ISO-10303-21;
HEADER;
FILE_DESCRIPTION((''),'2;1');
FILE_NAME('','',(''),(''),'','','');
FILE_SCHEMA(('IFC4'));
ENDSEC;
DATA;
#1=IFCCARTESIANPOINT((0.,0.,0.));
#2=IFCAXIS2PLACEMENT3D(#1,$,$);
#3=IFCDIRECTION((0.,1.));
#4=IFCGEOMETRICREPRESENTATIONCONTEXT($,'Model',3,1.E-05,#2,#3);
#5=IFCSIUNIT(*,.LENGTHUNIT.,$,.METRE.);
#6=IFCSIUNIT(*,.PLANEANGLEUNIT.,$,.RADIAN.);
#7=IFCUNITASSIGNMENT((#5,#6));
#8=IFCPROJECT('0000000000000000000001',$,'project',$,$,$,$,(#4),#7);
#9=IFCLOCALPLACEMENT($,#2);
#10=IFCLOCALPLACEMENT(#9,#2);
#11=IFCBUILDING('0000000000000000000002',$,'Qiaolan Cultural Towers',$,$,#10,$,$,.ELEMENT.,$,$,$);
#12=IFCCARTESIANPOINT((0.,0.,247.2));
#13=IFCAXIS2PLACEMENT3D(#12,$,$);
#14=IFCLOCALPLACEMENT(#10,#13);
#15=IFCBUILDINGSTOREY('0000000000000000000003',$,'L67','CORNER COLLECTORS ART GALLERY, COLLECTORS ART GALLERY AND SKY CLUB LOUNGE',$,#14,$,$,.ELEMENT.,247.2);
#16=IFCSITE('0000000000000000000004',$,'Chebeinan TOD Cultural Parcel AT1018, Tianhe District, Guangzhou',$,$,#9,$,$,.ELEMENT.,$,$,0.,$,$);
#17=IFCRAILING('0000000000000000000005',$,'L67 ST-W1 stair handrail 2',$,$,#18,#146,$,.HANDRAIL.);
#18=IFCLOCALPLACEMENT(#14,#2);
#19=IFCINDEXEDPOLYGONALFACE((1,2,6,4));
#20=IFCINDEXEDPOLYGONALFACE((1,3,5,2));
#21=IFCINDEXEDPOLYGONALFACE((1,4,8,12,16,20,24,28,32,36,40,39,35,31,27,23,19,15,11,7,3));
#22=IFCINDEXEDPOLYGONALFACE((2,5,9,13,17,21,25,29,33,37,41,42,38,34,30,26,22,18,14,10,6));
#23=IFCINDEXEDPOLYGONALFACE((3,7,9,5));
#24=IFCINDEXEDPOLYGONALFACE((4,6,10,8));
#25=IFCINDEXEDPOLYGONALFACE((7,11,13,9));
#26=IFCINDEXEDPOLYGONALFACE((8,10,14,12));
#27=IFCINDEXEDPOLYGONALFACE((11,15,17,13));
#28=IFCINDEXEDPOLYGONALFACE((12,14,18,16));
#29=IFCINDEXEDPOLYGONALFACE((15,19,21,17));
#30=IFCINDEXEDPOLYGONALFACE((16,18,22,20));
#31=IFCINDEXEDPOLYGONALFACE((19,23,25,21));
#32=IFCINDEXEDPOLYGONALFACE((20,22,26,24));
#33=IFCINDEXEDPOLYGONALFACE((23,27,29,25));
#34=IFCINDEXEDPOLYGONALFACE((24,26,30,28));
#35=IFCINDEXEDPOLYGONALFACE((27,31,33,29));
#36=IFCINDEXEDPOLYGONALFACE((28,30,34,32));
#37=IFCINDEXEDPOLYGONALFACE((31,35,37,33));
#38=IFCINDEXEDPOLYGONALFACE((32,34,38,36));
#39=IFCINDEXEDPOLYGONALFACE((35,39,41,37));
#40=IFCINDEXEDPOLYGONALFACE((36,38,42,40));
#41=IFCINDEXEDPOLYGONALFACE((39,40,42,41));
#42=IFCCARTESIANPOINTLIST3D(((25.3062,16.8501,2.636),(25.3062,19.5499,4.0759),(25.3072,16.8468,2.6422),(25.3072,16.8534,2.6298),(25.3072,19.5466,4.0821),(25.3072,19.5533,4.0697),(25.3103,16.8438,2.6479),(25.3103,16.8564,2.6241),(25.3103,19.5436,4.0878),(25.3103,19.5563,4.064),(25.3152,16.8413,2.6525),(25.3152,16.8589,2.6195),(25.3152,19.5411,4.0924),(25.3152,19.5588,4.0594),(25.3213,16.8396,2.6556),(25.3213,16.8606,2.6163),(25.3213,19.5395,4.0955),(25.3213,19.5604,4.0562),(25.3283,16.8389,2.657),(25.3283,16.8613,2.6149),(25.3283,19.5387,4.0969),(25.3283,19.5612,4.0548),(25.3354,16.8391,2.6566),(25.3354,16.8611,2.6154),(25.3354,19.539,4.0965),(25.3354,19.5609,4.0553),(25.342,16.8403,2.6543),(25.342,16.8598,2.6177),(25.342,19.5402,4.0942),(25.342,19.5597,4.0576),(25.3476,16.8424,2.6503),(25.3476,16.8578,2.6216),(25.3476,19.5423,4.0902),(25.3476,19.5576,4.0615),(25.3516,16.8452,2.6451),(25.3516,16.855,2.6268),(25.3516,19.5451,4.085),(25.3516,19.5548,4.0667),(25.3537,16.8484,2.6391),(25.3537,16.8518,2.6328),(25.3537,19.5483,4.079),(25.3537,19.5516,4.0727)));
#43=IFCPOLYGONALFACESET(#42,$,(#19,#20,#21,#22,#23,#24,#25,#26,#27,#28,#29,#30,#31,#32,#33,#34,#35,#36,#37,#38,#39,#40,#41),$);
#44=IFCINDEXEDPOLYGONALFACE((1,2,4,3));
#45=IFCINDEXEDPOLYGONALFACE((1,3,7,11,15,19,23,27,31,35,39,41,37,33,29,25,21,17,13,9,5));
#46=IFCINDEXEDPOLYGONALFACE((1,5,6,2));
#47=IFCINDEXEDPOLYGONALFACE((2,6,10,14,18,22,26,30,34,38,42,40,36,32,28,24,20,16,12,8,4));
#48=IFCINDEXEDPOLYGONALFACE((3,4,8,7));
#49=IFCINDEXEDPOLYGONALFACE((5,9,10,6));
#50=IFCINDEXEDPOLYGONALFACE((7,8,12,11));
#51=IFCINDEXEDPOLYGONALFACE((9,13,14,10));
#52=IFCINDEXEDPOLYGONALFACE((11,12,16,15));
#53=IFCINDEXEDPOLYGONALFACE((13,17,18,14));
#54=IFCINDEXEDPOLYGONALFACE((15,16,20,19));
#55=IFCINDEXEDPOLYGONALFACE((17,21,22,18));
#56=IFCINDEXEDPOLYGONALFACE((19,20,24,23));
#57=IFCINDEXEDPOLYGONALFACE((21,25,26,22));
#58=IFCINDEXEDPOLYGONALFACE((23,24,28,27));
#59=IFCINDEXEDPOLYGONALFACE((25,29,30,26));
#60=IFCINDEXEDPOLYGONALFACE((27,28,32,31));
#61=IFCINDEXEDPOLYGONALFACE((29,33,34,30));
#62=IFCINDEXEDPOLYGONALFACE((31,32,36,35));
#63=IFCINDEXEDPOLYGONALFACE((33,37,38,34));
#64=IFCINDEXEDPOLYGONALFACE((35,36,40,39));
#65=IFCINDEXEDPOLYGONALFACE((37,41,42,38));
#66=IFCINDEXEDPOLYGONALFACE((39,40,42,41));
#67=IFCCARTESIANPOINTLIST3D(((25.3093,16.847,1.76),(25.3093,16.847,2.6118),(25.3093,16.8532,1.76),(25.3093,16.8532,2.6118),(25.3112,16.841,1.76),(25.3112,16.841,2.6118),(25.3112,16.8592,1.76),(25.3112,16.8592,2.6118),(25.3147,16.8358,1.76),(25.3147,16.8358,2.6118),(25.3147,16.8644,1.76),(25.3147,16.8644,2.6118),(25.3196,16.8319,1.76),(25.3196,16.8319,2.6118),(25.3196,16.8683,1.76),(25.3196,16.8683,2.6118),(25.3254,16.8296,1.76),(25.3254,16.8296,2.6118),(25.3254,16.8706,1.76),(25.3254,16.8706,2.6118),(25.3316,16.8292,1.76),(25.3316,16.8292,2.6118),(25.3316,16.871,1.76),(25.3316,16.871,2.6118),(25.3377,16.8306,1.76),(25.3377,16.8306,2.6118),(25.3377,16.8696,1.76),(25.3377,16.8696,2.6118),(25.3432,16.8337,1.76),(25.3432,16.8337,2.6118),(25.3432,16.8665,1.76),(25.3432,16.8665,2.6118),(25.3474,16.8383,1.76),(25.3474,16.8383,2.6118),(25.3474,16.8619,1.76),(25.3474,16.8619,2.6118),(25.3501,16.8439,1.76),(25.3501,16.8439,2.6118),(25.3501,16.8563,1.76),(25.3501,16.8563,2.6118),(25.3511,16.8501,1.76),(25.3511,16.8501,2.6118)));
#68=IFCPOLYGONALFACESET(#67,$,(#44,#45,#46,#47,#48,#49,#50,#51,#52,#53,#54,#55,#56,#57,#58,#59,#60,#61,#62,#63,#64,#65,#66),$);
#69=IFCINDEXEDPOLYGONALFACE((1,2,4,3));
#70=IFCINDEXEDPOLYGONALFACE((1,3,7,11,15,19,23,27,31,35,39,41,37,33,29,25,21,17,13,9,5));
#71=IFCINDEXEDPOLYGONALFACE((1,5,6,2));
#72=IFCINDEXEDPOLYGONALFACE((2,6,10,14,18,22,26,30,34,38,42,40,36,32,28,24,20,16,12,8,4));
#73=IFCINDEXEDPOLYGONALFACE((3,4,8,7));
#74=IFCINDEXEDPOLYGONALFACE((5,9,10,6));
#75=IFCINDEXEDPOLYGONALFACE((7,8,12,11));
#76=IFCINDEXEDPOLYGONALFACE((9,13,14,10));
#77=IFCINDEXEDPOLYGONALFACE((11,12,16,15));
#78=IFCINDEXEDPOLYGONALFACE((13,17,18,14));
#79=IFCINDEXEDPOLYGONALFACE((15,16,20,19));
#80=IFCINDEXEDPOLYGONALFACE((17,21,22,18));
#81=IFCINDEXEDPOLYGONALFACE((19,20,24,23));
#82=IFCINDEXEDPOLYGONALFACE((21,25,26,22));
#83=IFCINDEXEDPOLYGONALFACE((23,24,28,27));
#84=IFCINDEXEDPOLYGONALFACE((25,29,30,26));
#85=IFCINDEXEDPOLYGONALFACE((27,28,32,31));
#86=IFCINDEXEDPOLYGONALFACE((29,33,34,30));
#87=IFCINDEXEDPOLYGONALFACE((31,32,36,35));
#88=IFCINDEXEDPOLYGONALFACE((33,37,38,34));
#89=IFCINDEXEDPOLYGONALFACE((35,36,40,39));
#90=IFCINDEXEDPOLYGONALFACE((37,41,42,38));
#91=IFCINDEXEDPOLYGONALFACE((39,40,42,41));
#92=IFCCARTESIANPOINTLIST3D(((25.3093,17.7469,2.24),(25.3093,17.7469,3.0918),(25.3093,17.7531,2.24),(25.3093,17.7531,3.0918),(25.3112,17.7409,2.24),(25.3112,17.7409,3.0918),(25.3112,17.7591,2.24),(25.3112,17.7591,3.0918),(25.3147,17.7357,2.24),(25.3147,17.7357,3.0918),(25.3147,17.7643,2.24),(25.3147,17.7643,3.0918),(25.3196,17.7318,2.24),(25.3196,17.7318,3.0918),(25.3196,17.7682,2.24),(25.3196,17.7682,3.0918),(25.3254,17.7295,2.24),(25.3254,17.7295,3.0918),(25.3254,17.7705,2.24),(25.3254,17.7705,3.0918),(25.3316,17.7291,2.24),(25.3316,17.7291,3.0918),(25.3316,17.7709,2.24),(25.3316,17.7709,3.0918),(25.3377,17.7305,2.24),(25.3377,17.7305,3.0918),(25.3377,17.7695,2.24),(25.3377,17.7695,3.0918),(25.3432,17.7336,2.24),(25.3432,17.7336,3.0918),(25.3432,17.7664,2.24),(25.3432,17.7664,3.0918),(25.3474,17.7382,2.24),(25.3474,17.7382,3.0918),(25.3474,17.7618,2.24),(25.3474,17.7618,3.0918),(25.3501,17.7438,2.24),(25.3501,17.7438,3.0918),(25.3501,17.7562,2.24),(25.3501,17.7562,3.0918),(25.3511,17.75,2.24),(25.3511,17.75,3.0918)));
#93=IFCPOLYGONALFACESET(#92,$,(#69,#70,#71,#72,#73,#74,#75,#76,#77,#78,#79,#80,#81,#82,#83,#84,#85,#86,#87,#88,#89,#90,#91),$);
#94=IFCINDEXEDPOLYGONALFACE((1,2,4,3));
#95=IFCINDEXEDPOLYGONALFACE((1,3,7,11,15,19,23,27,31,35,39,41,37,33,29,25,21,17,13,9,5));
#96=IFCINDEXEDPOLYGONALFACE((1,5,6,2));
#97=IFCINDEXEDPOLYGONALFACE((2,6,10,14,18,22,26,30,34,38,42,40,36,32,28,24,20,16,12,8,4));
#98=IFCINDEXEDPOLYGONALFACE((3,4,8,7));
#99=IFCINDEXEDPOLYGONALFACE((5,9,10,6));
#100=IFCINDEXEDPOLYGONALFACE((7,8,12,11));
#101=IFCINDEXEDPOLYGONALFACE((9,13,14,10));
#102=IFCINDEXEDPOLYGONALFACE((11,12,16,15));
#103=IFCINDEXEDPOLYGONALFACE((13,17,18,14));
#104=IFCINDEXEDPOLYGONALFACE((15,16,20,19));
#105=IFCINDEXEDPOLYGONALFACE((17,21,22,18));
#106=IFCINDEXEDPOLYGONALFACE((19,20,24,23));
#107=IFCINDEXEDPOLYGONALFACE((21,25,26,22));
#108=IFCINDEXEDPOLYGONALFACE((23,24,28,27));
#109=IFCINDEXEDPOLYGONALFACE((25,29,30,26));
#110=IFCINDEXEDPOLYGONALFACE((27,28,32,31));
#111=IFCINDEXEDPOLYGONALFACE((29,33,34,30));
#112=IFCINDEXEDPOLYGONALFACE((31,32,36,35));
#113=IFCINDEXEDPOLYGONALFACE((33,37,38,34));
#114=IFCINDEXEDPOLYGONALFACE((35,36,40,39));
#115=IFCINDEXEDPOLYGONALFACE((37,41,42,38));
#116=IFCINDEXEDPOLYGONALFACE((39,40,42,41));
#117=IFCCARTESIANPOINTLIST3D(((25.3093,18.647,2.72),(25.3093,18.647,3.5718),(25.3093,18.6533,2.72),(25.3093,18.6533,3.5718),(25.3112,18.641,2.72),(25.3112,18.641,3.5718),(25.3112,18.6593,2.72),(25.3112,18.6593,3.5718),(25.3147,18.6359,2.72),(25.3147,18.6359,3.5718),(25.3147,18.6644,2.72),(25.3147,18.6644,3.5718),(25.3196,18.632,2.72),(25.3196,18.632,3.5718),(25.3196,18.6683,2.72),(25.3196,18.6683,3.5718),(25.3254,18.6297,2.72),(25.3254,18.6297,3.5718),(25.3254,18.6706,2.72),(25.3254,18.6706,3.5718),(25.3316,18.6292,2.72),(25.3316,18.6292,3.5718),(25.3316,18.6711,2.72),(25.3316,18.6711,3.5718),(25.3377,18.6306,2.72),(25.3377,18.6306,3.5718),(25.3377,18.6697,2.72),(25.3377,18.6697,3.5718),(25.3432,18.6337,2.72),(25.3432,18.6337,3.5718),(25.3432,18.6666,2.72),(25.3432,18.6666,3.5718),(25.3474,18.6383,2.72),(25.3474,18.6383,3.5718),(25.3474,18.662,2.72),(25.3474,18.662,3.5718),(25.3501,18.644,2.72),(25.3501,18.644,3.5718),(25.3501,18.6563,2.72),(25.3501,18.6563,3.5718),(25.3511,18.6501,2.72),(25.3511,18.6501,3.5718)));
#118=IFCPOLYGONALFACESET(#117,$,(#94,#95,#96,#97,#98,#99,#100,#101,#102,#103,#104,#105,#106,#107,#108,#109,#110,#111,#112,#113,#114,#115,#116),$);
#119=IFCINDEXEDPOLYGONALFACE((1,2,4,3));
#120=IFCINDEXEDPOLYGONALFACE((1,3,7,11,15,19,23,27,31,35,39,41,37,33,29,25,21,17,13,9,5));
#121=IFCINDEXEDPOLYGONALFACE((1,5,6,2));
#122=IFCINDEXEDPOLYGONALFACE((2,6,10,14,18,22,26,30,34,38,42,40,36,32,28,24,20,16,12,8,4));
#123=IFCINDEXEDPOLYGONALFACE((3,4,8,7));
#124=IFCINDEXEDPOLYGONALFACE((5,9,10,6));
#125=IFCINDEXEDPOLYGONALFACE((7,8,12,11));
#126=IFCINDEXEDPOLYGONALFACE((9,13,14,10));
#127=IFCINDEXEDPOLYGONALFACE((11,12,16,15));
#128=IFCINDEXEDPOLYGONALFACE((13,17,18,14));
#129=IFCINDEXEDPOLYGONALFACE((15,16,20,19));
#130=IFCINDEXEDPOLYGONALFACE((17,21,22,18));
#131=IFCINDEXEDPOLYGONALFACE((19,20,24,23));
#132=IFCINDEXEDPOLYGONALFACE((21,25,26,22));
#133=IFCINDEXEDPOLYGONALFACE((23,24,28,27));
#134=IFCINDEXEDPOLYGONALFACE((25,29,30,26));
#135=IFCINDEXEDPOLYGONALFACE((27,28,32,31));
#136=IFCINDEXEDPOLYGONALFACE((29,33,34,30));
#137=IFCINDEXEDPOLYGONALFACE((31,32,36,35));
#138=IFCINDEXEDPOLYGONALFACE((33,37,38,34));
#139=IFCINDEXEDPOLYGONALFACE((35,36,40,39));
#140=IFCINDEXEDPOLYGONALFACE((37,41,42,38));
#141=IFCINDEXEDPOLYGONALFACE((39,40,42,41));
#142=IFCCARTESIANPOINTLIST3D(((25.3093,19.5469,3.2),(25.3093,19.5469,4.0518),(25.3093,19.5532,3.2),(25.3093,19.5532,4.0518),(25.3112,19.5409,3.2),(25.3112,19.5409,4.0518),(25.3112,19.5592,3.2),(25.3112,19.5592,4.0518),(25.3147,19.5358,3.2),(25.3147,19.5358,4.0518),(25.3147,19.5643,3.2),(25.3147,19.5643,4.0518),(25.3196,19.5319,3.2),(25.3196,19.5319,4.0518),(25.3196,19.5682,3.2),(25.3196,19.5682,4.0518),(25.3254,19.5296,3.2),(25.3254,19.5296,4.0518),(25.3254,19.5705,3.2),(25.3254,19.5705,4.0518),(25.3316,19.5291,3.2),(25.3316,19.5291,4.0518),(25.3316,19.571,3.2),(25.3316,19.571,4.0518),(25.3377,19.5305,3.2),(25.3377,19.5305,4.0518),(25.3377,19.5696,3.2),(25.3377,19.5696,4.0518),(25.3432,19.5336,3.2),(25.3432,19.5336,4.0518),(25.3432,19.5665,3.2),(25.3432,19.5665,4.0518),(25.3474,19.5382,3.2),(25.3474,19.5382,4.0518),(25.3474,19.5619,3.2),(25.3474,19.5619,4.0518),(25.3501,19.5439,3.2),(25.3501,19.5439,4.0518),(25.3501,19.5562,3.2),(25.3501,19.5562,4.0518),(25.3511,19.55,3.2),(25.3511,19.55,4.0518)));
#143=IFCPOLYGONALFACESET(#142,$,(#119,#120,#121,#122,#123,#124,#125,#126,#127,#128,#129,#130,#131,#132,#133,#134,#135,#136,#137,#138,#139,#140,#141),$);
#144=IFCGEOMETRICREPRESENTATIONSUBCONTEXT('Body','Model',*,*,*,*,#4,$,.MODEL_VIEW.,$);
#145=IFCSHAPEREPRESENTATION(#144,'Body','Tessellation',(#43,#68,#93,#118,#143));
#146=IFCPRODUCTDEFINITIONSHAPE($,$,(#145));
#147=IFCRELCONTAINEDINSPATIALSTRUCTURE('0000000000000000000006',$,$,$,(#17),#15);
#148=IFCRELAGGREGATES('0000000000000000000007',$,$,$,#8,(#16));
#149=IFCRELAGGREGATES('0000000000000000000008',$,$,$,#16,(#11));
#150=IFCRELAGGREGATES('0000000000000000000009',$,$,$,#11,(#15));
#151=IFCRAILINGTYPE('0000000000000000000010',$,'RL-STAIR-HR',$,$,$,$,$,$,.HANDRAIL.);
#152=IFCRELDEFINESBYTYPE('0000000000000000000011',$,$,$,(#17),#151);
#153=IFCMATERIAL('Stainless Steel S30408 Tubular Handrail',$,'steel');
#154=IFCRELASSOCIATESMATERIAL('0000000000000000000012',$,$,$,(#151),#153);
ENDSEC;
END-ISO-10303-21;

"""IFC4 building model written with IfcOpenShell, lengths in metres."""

from ifc_helpers import new_model, si_unit, direction, frame, origin, origin_2d, place, context, subcontext, project, spatial, circle, extrude, material, type_object, element, save


model = new_model("IFC4")

# Units and contexts
model_context = context("Model", 3, precision=1e-05, world=origin(), true_north=direction((0.0, 1.0)))
body_context = subcontext(model_context, "Body", "Model", "MODEL_VIEW")
ifc_project = project(units=[si_unit("LENGTHUNIT", "METRE"), si_unit("PLANEANGLEUNIT", "RADIAN")], contexts=[model_context])

# Site, building, storey
site_placement = place(None, origin())
site = spatial("IfcSite", under=ifc_project, at=site_placement, Name="Chebeinan TOD Cultural Parcel AT1018, Tianhe District, Guangzhou", CompositionType="ELEMENT", RefElevation=0.0)
building_placement = place(site_placement, origin())
building = spatial("IfcBuilding", under=site, at=building_placement, Name="Qiaolan Cultural Towers", CompositionType="ELEMENT")
storey_placement = place(building_placement, frame((0.0, 0.0, 247.2)))
storey = spatial("IfcBuildingStorey", under=building, at=storey_placement, Name="L67", Description="CORNER COLLECTORS ART GALLERY, COLLECTORS ART GALLERY AND SKY CLUB LOUNGE", CompositionType="ELEMENT", Elevation=247.2)

# Railing
ifc_material_1 = material(Name="Stainless Steel S30408 Tubular Handrail", Category="steel")
railing_type_1 = type_object("IfcRailingType", Name="RL-STAIR-HR", PredefinedType="HANDRAIL", material=ifc_material_1)
railing_1_placement = place(storey_placement, frame((25.3301, 16.8501, 1.76)))
element("IfcRailing", 1, at=railing_1_placement, inside=storey, type_object=railing_type_1, Name="L67 ST-W1 stair handrail 2", PredefinedType="HANDRAIL", context=body_context, shape_type="SweptSolid", body=[
    extrude(circle(Radius=0.0239, at=origin_2d()), frame((0.0, 0.0, 0.876), z_axis=(0.0, 0.882357, 0.47058), x_axis=(-1.0, 0.0, 0.0)), (0.0, 0.0, 1.0), 3.0598),
    extrude(circle(Radius=0.021, at=origin_2d()), origin(), (0.0, 0.0, 1.0), 0.8518),
    extrude(circle(Radius=0.021, at=origin_2d()), frame((0.0, 0.8999, 0.48)), (0.0, 0.0, 1.0), 0.8518),
    extrude(circle(Radius=0.021, at=origin_2d()), frame((0.0, 1.8, 0.96)), (0.0, 0.0, 1.0), 0.8518),
    extrude(circle(Radius=0.021, at=origin_2d()), frame((0.0, 2.7, 1.4399)), (0.0, 0.0, 1.0), 0.8518),
])

save(model, "model.ifc")
